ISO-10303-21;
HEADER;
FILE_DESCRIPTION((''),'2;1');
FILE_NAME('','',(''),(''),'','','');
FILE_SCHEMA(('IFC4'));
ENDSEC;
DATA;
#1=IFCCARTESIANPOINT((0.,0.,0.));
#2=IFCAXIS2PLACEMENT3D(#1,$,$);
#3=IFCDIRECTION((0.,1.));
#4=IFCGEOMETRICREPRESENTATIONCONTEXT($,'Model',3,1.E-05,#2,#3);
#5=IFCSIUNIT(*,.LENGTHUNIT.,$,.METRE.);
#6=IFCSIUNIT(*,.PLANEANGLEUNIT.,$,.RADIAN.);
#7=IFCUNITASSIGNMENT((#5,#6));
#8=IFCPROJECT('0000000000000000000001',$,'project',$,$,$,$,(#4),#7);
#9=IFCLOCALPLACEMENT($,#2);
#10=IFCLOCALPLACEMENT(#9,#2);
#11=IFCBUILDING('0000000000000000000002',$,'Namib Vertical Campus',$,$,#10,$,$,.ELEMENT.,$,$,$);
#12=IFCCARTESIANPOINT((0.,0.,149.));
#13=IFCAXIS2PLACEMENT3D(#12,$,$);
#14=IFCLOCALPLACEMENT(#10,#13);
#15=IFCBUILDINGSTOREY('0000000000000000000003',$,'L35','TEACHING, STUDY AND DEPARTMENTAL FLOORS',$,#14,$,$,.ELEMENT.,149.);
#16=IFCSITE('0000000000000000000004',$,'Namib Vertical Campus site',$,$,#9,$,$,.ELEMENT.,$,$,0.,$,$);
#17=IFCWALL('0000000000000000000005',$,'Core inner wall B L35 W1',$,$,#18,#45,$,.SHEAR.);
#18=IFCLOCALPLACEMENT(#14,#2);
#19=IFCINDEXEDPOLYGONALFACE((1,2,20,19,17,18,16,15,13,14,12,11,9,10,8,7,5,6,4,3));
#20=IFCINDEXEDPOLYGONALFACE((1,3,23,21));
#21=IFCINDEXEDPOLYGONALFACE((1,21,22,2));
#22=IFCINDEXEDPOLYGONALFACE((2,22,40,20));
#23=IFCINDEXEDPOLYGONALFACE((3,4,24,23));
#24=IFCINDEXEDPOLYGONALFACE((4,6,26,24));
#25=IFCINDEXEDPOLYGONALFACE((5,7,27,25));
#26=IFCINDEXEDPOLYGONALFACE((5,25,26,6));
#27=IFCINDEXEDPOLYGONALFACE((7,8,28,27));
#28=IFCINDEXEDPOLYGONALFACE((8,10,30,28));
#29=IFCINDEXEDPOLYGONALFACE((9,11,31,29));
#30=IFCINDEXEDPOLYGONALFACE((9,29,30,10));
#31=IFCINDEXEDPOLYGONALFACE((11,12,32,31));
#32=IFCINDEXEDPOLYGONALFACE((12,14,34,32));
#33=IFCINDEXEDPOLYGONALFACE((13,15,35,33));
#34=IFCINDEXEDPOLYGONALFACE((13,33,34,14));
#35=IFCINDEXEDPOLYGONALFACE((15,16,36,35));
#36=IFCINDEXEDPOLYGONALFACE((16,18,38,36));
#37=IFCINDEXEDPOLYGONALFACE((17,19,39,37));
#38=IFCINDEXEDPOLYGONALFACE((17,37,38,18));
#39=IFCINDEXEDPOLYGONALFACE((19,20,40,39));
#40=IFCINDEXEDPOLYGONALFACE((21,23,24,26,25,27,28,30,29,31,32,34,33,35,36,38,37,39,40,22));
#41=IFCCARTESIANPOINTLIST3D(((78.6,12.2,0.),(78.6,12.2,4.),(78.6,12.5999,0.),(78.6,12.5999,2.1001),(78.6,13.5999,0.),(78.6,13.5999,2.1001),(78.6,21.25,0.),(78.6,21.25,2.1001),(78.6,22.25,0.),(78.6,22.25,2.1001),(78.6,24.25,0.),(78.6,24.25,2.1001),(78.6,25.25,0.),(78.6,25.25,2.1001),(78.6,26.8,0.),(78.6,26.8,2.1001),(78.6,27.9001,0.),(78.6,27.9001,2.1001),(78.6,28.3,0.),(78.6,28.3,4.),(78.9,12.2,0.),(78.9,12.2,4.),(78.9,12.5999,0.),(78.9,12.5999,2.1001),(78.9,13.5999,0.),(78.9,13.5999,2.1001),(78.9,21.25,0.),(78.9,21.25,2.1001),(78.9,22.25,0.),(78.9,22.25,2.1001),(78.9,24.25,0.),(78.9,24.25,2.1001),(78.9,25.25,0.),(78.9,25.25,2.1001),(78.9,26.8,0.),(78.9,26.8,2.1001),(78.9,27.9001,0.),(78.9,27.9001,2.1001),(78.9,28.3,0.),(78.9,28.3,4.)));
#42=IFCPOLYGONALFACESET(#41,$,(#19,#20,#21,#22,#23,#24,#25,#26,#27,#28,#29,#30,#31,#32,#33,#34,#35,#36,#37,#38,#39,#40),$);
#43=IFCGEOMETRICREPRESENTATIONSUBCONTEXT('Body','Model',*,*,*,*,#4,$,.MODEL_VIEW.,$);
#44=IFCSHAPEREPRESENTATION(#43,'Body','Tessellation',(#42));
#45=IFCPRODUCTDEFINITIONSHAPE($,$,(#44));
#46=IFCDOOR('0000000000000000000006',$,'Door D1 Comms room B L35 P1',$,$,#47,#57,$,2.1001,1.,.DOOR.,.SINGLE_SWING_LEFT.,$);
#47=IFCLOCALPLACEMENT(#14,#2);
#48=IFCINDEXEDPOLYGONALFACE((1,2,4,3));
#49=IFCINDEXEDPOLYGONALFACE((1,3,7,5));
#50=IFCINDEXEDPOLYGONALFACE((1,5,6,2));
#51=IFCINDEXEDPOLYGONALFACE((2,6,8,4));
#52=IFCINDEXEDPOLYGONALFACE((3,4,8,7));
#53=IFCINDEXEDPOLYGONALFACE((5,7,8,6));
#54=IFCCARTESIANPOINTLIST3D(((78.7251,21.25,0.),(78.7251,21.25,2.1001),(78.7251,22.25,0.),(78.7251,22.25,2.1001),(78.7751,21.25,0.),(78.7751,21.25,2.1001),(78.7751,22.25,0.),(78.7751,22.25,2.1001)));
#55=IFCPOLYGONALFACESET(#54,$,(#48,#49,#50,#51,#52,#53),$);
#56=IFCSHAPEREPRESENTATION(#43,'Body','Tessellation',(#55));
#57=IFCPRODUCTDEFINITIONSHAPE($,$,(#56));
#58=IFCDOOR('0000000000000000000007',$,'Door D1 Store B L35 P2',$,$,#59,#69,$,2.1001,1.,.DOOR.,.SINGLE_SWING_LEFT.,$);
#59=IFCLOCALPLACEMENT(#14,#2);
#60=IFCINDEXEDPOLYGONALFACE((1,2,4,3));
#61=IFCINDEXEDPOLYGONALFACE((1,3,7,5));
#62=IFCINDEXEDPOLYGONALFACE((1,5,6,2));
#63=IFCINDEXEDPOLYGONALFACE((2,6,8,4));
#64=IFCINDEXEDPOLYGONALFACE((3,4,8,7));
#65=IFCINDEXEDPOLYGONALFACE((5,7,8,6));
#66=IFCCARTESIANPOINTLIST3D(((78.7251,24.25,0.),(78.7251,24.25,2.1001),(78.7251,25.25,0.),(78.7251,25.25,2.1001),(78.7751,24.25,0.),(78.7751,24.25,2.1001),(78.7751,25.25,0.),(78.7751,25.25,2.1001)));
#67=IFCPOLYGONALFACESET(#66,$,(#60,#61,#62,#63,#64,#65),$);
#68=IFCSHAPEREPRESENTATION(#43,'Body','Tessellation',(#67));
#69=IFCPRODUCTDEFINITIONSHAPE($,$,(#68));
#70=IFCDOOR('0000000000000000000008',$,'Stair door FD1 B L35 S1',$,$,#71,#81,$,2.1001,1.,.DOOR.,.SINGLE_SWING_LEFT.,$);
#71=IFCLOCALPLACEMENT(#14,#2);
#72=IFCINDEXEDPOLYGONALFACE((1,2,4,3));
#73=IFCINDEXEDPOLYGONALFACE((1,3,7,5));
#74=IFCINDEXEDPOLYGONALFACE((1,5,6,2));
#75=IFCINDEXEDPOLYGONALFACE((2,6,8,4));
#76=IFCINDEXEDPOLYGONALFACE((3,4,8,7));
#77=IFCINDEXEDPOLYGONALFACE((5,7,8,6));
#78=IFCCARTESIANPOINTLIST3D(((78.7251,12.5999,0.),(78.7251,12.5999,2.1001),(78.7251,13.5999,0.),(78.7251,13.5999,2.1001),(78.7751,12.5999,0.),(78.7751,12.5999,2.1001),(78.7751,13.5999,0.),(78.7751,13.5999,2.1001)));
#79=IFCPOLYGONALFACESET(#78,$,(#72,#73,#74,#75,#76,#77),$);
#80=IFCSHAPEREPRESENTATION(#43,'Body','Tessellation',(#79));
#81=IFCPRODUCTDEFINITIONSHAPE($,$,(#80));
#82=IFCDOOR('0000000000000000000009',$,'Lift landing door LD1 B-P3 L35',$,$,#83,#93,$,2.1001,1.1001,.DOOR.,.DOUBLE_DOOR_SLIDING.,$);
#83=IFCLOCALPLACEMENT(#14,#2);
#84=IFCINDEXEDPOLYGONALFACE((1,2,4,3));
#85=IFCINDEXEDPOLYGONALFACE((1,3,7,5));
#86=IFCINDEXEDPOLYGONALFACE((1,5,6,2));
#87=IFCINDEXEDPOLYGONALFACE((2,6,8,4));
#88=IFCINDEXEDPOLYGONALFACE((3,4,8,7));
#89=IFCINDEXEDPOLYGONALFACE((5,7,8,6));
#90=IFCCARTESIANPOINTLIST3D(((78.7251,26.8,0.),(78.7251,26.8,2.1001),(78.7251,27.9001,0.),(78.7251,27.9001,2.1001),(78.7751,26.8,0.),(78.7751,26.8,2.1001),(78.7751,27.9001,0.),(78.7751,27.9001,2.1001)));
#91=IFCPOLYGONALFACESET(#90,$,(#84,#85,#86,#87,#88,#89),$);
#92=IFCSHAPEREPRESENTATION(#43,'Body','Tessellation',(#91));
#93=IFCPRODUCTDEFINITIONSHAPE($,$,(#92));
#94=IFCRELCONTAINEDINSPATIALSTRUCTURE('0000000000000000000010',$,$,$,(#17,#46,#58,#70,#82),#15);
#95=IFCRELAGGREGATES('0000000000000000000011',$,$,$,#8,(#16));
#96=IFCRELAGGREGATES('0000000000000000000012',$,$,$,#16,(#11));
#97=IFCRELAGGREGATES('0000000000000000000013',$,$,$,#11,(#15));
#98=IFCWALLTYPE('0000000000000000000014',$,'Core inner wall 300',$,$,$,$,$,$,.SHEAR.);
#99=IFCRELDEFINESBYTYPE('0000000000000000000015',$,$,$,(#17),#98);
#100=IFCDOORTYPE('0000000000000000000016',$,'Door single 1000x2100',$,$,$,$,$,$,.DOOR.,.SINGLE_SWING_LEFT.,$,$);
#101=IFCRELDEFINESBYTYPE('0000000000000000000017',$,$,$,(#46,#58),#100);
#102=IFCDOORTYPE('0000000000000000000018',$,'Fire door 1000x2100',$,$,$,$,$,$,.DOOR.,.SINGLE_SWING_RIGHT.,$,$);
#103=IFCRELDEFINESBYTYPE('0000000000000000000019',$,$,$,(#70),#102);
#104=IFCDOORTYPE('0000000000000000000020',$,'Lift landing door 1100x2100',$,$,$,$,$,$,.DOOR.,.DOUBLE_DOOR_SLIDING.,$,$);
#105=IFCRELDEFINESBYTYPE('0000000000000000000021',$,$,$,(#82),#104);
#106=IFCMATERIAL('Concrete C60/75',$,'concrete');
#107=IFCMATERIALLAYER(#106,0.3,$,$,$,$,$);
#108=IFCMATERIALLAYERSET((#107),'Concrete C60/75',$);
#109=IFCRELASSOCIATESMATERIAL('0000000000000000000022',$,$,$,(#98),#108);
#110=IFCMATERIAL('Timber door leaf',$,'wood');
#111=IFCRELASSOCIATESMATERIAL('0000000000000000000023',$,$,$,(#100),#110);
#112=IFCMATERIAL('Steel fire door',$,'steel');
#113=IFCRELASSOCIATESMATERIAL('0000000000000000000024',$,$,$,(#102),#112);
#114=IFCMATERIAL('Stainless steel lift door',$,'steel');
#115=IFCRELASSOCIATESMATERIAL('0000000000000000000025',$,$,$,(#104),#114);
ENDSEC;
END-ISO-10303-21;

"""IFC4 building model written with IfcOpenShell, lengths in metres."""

from ifc_helpers import new_model, si_unit, direction, frame, frame_2d, origin, place, context, subcontext, project, spatial, rectangle, extrude, material, layer, layer_set, type_object, element, fill, save


model = new_model("IFC4")

# Units and contexts
model_context = context("Model", 3, precision=1e-05, world=origin(), true_north=direction((0.0, 1.0)))
body_context = subcontext(model_context, "Body", "Model", "MODEL_VIEW")
ifc_project = project(units=[si_unit("LENGTHUNIT", "METRE"), si_unit("PLANEANGLEUNIT", "RADIAN")], contexts=[model_context])

# Site, building, storey
site_placement = place(None, origin())
site = spatial("IfcSite", under=ifc_project, at=site_placement, Name="Namib Vertical Campus site", CompositionType="ELEMENT", RefElevation=0.0)
building_placement = place(site_placement, origin())
building = spatial("IfcBuilding", under=site, at=building_placement, Name="Namib Vertical Campus", CompositionType="ELEMENT")
storey_placement = place(building_placement, frame((0.0, 0.0, 149.0)))
storey = spatial("IfcBuildingStorey", under=building, at=storey_placement, Name="L35", Description="TEACHING, STUDY AND DEPARTMENTAL FLOORS", CompositionType="ELEMENT", Elevation=149.0)

# Wall, openings, doors
ifc_material_1 = material(Name="Concrete C60/75", Category="concrete")
ifc_layer_1 = layer(ifc_material_1, 0.3)
ifc_layer_set_1 = layer_set([ifc_layer_1], Name="Concrete C60/75")
wall_type_1 = type_object("IfcWallType", Name="Core inner wall 300", PredefinedType="SHEAR", material=ifc_layer_set_1)
wall_1_placement = place(storey_placement, frame((78.75, 12.2, 0.0), z_axis=(0.0, 0.0, 1.0), x_axis=(0.0, 1.0, 0.0)))
wall_1 = element("IfcWall", 1, at=wall_1_placement, inside=storey, type_object=wall_type_1, Name="Core inner wall B L35 W1", PredefinedType="SHEAR", context=body_context, shape_type="SweptSolid", body=[
    extrude(rectangle(XDim=16.1001, YDim=0.3, at=frame_2d((8.05, 0.0))), origin(), (0.0, 0.0, 1.0), 4.0),
])
opening_1_placement = place(wall_1_placement, frame((0.3999, 0.0, 0.0)))
opening_1 = element("IfcOpeningElement", 2, at=opening_1_placement, cuts=wall_1, PredefinedType="OPENING", context=body_context, shape_type="SweptSolid", body=[
    extrude(rectangle(XDim=1.0, YDim=2.1001, at=frame_2d((0.5, 1.05))), frame((0.0, 0.1599, 0.0), z_axis=(0.0, -1.0, 0.0), x_axis=(1.0, 0.0, 0.0)), (0.0, 0.0, 1.0), 0.3201),
])
opening_2_placement = place(wall_1_placement, frame((14.6001, 0.0, 0.0)))
opening_2 = element("IfcOpeningElement", 3, at=opening_2_placement, cuts=wall_1, PredefinedType="OPENING", context=body_context, shape_type="SweptSolid", body=[
    extrude(rectangle(XDim=1.1001, YDim=2.1001, at=frame_2d((0.55, 1.05))), frame((0.0, 0.1599, 0.0), z_axis=(0.0, -1.0, 0.0), x_axis=(1.0, 0.0, 0.0)), (0.0, 0.0, 1.0), 0.3201),
])
opening_3_placement = place(wall_1_placement, frame((9.05, 0.0, 0.0)))
opening_3 = element("IfcOpeningElement", 4, at=opening_3_placement, cuts=wall_1, PredefinedType="OPENING", context=body_context, shape_type="SweptSolid", body=[
    extrude(rectangle(XDim=1.0, YDim=2.1001, at=frame_2d((0.5, 1.05))), frame((0.0, 0.1599, 0.0), z_axis=(0.0, -1.0, 0.0), x_axis=(1.0, 0.0, 0.0)), (0.0, 0.0, 1.0), 0.3201),
])
opening_4_placement = place(wall_1_placement, frame((12.05, 0.0, 0.0)))
opening_4 = element("IfcOpeningElement", 5, at=opening_4_placement, cuts=wall_1, PredefinedType="OPENING", context=body_context, shape_type="SweptSolid", body=[
    extrude(rectangle(XDim=1.0, YDim=2.1001, at=frame_2d((0.5, 1.05))), frame((0.0, 0.1599, 0.0), z_axis=(0.0, -1.0, 0.0), x_axis=(1.0, 0.0, 0.0)), (0.0, 0.0, 1.0), 0.3201),
])
ifc_material_2 = material(Name="Timber door leaf", Category="wood")
door_type_1 = type_object("IfcDoorType", Name="Door single 1000x2100", OperationType="SINGLE_SWING_LEFT", PredefinedType="DOOR", material=ifc_material_2)
door_1_placement = place(opening_3_placement, origin())
door_1 = element("IfcDoor", 6, at=door_1_placement, inside=storey, type_object=door_type_1, Name="Door D1 Comms room B L35 P1", OperationType="SINGLE_SWING_LEFT", OverallHeight=2.1001, OverallWidth=1.0, PredefinedType="DOOR", context=body_context, shape_type="SweptSolid", body=[
    extrude(rectangle(XDim=1.0, YDim=2.1001, at=frame_2d((0.5, 1.05))), frame((0.0, 0.0249, 0.0), z_axis=(0.0, -1.0, 0.0), x_axis=(1.0, 0.0, 0.0)), (0.0, 0.0, 1.0), 0.05),
])
fill(opening_3, door_1)
door_2_placement = place(opening_4_placement, origin())
door_2 = element("IfcDoor", 7, at=door_2_placement, inside=storey, type_object=door_type_1, Name="Door D1 Store B L35 P2", OperationType="SINGLE_SWING_LEFT", OverallHeight=2.1001, OverallWidth=1.0, PredefinedType="DOOR", context=body_context, shape_type="SweptSolid", body=[
    extrude(rectangle(XDim=1.0, YDim=2.1001, at=frame_2d((0.5, 1.05))), frame((0.0, 0.0249, 0.0), z_axis=(0.0, -1.0, 0.0), x_axis=(1.0, 0.0, 0.0)), (0.0, 0.0, 1.0), 0.05),
])
fill(opening_4, door_2)
ifc_material_3 = material(Name="Steel fire door", Category="steel")
door_type_2 = type_object("IfcDoorType", Name="Fire door 1000x2100", OperationType="SINGLE_SWING_RIGHT", PredefinedType="DOOR", material=ifc_material_3)
door_3_placement = place(opening_1_placement, origin())
door_3 = element("IfcDoor", 8, at=door_3_placement, inside=storey, type_object=door_type_2, Name="Stair door FD1 B L35 S1", OperationType="SINGLE_SWING_LEFT", OverallHeight=2.1001, OverallWidth=1.0, PredefinedType="DOOR", context=body_context, shape_type="SweptSolid", body=[
    extrude(rectangle(XDim=1.0, YDim=2.1001, at=frame_2d((0.5, 1.05))), frame((0.0, 0.0249, 0.0), z_axis=(0.0, -1.0, 0.0), x_axis=(1.0, 0.0, 0.0)), (0.0, 0.0, 1.0), 0.05),
])
fill(opening_1, door_3)
ifc_material_4 = material(Name="Stainless steel lift door", Category="steel")
door_type_3 = type_object("IfcDoorType", Name="Lift landing door 1100x2100", OperationType="DOUBLE_DOOR_SLIDING", PredefinedType="DOOR", material=ifc_material_4)
door_4_placement = place(opening_2_placement, origin())
door_4 = element("IfcDoor", 9, at=door_4_placement, inside=storey, type_object=door_type_3, Name="Lift landing door LD1 B-P3 L35", OperationType="DOUBLE_DOOR_SLIDING", OverallHeight=2.1001, OverallWidth=1.1001, PredefinedType="DOOR", context=body_context, shape_type="SweptSolid", body=[
    extrude(rectangle(XDim=1.1001, YDim=2.1001, at=frame_2d((0.55, 1.05))), frame((0.0, 0.0249, 0.0), z_axis=(0.0, -1.0, 0.0), x_axis=(1.0, 0.0, 0.0)), (0.0, 0.0, 1.0), 0.05),
])
fill(opening_2, door_4)

save(model, "model.ifc")
